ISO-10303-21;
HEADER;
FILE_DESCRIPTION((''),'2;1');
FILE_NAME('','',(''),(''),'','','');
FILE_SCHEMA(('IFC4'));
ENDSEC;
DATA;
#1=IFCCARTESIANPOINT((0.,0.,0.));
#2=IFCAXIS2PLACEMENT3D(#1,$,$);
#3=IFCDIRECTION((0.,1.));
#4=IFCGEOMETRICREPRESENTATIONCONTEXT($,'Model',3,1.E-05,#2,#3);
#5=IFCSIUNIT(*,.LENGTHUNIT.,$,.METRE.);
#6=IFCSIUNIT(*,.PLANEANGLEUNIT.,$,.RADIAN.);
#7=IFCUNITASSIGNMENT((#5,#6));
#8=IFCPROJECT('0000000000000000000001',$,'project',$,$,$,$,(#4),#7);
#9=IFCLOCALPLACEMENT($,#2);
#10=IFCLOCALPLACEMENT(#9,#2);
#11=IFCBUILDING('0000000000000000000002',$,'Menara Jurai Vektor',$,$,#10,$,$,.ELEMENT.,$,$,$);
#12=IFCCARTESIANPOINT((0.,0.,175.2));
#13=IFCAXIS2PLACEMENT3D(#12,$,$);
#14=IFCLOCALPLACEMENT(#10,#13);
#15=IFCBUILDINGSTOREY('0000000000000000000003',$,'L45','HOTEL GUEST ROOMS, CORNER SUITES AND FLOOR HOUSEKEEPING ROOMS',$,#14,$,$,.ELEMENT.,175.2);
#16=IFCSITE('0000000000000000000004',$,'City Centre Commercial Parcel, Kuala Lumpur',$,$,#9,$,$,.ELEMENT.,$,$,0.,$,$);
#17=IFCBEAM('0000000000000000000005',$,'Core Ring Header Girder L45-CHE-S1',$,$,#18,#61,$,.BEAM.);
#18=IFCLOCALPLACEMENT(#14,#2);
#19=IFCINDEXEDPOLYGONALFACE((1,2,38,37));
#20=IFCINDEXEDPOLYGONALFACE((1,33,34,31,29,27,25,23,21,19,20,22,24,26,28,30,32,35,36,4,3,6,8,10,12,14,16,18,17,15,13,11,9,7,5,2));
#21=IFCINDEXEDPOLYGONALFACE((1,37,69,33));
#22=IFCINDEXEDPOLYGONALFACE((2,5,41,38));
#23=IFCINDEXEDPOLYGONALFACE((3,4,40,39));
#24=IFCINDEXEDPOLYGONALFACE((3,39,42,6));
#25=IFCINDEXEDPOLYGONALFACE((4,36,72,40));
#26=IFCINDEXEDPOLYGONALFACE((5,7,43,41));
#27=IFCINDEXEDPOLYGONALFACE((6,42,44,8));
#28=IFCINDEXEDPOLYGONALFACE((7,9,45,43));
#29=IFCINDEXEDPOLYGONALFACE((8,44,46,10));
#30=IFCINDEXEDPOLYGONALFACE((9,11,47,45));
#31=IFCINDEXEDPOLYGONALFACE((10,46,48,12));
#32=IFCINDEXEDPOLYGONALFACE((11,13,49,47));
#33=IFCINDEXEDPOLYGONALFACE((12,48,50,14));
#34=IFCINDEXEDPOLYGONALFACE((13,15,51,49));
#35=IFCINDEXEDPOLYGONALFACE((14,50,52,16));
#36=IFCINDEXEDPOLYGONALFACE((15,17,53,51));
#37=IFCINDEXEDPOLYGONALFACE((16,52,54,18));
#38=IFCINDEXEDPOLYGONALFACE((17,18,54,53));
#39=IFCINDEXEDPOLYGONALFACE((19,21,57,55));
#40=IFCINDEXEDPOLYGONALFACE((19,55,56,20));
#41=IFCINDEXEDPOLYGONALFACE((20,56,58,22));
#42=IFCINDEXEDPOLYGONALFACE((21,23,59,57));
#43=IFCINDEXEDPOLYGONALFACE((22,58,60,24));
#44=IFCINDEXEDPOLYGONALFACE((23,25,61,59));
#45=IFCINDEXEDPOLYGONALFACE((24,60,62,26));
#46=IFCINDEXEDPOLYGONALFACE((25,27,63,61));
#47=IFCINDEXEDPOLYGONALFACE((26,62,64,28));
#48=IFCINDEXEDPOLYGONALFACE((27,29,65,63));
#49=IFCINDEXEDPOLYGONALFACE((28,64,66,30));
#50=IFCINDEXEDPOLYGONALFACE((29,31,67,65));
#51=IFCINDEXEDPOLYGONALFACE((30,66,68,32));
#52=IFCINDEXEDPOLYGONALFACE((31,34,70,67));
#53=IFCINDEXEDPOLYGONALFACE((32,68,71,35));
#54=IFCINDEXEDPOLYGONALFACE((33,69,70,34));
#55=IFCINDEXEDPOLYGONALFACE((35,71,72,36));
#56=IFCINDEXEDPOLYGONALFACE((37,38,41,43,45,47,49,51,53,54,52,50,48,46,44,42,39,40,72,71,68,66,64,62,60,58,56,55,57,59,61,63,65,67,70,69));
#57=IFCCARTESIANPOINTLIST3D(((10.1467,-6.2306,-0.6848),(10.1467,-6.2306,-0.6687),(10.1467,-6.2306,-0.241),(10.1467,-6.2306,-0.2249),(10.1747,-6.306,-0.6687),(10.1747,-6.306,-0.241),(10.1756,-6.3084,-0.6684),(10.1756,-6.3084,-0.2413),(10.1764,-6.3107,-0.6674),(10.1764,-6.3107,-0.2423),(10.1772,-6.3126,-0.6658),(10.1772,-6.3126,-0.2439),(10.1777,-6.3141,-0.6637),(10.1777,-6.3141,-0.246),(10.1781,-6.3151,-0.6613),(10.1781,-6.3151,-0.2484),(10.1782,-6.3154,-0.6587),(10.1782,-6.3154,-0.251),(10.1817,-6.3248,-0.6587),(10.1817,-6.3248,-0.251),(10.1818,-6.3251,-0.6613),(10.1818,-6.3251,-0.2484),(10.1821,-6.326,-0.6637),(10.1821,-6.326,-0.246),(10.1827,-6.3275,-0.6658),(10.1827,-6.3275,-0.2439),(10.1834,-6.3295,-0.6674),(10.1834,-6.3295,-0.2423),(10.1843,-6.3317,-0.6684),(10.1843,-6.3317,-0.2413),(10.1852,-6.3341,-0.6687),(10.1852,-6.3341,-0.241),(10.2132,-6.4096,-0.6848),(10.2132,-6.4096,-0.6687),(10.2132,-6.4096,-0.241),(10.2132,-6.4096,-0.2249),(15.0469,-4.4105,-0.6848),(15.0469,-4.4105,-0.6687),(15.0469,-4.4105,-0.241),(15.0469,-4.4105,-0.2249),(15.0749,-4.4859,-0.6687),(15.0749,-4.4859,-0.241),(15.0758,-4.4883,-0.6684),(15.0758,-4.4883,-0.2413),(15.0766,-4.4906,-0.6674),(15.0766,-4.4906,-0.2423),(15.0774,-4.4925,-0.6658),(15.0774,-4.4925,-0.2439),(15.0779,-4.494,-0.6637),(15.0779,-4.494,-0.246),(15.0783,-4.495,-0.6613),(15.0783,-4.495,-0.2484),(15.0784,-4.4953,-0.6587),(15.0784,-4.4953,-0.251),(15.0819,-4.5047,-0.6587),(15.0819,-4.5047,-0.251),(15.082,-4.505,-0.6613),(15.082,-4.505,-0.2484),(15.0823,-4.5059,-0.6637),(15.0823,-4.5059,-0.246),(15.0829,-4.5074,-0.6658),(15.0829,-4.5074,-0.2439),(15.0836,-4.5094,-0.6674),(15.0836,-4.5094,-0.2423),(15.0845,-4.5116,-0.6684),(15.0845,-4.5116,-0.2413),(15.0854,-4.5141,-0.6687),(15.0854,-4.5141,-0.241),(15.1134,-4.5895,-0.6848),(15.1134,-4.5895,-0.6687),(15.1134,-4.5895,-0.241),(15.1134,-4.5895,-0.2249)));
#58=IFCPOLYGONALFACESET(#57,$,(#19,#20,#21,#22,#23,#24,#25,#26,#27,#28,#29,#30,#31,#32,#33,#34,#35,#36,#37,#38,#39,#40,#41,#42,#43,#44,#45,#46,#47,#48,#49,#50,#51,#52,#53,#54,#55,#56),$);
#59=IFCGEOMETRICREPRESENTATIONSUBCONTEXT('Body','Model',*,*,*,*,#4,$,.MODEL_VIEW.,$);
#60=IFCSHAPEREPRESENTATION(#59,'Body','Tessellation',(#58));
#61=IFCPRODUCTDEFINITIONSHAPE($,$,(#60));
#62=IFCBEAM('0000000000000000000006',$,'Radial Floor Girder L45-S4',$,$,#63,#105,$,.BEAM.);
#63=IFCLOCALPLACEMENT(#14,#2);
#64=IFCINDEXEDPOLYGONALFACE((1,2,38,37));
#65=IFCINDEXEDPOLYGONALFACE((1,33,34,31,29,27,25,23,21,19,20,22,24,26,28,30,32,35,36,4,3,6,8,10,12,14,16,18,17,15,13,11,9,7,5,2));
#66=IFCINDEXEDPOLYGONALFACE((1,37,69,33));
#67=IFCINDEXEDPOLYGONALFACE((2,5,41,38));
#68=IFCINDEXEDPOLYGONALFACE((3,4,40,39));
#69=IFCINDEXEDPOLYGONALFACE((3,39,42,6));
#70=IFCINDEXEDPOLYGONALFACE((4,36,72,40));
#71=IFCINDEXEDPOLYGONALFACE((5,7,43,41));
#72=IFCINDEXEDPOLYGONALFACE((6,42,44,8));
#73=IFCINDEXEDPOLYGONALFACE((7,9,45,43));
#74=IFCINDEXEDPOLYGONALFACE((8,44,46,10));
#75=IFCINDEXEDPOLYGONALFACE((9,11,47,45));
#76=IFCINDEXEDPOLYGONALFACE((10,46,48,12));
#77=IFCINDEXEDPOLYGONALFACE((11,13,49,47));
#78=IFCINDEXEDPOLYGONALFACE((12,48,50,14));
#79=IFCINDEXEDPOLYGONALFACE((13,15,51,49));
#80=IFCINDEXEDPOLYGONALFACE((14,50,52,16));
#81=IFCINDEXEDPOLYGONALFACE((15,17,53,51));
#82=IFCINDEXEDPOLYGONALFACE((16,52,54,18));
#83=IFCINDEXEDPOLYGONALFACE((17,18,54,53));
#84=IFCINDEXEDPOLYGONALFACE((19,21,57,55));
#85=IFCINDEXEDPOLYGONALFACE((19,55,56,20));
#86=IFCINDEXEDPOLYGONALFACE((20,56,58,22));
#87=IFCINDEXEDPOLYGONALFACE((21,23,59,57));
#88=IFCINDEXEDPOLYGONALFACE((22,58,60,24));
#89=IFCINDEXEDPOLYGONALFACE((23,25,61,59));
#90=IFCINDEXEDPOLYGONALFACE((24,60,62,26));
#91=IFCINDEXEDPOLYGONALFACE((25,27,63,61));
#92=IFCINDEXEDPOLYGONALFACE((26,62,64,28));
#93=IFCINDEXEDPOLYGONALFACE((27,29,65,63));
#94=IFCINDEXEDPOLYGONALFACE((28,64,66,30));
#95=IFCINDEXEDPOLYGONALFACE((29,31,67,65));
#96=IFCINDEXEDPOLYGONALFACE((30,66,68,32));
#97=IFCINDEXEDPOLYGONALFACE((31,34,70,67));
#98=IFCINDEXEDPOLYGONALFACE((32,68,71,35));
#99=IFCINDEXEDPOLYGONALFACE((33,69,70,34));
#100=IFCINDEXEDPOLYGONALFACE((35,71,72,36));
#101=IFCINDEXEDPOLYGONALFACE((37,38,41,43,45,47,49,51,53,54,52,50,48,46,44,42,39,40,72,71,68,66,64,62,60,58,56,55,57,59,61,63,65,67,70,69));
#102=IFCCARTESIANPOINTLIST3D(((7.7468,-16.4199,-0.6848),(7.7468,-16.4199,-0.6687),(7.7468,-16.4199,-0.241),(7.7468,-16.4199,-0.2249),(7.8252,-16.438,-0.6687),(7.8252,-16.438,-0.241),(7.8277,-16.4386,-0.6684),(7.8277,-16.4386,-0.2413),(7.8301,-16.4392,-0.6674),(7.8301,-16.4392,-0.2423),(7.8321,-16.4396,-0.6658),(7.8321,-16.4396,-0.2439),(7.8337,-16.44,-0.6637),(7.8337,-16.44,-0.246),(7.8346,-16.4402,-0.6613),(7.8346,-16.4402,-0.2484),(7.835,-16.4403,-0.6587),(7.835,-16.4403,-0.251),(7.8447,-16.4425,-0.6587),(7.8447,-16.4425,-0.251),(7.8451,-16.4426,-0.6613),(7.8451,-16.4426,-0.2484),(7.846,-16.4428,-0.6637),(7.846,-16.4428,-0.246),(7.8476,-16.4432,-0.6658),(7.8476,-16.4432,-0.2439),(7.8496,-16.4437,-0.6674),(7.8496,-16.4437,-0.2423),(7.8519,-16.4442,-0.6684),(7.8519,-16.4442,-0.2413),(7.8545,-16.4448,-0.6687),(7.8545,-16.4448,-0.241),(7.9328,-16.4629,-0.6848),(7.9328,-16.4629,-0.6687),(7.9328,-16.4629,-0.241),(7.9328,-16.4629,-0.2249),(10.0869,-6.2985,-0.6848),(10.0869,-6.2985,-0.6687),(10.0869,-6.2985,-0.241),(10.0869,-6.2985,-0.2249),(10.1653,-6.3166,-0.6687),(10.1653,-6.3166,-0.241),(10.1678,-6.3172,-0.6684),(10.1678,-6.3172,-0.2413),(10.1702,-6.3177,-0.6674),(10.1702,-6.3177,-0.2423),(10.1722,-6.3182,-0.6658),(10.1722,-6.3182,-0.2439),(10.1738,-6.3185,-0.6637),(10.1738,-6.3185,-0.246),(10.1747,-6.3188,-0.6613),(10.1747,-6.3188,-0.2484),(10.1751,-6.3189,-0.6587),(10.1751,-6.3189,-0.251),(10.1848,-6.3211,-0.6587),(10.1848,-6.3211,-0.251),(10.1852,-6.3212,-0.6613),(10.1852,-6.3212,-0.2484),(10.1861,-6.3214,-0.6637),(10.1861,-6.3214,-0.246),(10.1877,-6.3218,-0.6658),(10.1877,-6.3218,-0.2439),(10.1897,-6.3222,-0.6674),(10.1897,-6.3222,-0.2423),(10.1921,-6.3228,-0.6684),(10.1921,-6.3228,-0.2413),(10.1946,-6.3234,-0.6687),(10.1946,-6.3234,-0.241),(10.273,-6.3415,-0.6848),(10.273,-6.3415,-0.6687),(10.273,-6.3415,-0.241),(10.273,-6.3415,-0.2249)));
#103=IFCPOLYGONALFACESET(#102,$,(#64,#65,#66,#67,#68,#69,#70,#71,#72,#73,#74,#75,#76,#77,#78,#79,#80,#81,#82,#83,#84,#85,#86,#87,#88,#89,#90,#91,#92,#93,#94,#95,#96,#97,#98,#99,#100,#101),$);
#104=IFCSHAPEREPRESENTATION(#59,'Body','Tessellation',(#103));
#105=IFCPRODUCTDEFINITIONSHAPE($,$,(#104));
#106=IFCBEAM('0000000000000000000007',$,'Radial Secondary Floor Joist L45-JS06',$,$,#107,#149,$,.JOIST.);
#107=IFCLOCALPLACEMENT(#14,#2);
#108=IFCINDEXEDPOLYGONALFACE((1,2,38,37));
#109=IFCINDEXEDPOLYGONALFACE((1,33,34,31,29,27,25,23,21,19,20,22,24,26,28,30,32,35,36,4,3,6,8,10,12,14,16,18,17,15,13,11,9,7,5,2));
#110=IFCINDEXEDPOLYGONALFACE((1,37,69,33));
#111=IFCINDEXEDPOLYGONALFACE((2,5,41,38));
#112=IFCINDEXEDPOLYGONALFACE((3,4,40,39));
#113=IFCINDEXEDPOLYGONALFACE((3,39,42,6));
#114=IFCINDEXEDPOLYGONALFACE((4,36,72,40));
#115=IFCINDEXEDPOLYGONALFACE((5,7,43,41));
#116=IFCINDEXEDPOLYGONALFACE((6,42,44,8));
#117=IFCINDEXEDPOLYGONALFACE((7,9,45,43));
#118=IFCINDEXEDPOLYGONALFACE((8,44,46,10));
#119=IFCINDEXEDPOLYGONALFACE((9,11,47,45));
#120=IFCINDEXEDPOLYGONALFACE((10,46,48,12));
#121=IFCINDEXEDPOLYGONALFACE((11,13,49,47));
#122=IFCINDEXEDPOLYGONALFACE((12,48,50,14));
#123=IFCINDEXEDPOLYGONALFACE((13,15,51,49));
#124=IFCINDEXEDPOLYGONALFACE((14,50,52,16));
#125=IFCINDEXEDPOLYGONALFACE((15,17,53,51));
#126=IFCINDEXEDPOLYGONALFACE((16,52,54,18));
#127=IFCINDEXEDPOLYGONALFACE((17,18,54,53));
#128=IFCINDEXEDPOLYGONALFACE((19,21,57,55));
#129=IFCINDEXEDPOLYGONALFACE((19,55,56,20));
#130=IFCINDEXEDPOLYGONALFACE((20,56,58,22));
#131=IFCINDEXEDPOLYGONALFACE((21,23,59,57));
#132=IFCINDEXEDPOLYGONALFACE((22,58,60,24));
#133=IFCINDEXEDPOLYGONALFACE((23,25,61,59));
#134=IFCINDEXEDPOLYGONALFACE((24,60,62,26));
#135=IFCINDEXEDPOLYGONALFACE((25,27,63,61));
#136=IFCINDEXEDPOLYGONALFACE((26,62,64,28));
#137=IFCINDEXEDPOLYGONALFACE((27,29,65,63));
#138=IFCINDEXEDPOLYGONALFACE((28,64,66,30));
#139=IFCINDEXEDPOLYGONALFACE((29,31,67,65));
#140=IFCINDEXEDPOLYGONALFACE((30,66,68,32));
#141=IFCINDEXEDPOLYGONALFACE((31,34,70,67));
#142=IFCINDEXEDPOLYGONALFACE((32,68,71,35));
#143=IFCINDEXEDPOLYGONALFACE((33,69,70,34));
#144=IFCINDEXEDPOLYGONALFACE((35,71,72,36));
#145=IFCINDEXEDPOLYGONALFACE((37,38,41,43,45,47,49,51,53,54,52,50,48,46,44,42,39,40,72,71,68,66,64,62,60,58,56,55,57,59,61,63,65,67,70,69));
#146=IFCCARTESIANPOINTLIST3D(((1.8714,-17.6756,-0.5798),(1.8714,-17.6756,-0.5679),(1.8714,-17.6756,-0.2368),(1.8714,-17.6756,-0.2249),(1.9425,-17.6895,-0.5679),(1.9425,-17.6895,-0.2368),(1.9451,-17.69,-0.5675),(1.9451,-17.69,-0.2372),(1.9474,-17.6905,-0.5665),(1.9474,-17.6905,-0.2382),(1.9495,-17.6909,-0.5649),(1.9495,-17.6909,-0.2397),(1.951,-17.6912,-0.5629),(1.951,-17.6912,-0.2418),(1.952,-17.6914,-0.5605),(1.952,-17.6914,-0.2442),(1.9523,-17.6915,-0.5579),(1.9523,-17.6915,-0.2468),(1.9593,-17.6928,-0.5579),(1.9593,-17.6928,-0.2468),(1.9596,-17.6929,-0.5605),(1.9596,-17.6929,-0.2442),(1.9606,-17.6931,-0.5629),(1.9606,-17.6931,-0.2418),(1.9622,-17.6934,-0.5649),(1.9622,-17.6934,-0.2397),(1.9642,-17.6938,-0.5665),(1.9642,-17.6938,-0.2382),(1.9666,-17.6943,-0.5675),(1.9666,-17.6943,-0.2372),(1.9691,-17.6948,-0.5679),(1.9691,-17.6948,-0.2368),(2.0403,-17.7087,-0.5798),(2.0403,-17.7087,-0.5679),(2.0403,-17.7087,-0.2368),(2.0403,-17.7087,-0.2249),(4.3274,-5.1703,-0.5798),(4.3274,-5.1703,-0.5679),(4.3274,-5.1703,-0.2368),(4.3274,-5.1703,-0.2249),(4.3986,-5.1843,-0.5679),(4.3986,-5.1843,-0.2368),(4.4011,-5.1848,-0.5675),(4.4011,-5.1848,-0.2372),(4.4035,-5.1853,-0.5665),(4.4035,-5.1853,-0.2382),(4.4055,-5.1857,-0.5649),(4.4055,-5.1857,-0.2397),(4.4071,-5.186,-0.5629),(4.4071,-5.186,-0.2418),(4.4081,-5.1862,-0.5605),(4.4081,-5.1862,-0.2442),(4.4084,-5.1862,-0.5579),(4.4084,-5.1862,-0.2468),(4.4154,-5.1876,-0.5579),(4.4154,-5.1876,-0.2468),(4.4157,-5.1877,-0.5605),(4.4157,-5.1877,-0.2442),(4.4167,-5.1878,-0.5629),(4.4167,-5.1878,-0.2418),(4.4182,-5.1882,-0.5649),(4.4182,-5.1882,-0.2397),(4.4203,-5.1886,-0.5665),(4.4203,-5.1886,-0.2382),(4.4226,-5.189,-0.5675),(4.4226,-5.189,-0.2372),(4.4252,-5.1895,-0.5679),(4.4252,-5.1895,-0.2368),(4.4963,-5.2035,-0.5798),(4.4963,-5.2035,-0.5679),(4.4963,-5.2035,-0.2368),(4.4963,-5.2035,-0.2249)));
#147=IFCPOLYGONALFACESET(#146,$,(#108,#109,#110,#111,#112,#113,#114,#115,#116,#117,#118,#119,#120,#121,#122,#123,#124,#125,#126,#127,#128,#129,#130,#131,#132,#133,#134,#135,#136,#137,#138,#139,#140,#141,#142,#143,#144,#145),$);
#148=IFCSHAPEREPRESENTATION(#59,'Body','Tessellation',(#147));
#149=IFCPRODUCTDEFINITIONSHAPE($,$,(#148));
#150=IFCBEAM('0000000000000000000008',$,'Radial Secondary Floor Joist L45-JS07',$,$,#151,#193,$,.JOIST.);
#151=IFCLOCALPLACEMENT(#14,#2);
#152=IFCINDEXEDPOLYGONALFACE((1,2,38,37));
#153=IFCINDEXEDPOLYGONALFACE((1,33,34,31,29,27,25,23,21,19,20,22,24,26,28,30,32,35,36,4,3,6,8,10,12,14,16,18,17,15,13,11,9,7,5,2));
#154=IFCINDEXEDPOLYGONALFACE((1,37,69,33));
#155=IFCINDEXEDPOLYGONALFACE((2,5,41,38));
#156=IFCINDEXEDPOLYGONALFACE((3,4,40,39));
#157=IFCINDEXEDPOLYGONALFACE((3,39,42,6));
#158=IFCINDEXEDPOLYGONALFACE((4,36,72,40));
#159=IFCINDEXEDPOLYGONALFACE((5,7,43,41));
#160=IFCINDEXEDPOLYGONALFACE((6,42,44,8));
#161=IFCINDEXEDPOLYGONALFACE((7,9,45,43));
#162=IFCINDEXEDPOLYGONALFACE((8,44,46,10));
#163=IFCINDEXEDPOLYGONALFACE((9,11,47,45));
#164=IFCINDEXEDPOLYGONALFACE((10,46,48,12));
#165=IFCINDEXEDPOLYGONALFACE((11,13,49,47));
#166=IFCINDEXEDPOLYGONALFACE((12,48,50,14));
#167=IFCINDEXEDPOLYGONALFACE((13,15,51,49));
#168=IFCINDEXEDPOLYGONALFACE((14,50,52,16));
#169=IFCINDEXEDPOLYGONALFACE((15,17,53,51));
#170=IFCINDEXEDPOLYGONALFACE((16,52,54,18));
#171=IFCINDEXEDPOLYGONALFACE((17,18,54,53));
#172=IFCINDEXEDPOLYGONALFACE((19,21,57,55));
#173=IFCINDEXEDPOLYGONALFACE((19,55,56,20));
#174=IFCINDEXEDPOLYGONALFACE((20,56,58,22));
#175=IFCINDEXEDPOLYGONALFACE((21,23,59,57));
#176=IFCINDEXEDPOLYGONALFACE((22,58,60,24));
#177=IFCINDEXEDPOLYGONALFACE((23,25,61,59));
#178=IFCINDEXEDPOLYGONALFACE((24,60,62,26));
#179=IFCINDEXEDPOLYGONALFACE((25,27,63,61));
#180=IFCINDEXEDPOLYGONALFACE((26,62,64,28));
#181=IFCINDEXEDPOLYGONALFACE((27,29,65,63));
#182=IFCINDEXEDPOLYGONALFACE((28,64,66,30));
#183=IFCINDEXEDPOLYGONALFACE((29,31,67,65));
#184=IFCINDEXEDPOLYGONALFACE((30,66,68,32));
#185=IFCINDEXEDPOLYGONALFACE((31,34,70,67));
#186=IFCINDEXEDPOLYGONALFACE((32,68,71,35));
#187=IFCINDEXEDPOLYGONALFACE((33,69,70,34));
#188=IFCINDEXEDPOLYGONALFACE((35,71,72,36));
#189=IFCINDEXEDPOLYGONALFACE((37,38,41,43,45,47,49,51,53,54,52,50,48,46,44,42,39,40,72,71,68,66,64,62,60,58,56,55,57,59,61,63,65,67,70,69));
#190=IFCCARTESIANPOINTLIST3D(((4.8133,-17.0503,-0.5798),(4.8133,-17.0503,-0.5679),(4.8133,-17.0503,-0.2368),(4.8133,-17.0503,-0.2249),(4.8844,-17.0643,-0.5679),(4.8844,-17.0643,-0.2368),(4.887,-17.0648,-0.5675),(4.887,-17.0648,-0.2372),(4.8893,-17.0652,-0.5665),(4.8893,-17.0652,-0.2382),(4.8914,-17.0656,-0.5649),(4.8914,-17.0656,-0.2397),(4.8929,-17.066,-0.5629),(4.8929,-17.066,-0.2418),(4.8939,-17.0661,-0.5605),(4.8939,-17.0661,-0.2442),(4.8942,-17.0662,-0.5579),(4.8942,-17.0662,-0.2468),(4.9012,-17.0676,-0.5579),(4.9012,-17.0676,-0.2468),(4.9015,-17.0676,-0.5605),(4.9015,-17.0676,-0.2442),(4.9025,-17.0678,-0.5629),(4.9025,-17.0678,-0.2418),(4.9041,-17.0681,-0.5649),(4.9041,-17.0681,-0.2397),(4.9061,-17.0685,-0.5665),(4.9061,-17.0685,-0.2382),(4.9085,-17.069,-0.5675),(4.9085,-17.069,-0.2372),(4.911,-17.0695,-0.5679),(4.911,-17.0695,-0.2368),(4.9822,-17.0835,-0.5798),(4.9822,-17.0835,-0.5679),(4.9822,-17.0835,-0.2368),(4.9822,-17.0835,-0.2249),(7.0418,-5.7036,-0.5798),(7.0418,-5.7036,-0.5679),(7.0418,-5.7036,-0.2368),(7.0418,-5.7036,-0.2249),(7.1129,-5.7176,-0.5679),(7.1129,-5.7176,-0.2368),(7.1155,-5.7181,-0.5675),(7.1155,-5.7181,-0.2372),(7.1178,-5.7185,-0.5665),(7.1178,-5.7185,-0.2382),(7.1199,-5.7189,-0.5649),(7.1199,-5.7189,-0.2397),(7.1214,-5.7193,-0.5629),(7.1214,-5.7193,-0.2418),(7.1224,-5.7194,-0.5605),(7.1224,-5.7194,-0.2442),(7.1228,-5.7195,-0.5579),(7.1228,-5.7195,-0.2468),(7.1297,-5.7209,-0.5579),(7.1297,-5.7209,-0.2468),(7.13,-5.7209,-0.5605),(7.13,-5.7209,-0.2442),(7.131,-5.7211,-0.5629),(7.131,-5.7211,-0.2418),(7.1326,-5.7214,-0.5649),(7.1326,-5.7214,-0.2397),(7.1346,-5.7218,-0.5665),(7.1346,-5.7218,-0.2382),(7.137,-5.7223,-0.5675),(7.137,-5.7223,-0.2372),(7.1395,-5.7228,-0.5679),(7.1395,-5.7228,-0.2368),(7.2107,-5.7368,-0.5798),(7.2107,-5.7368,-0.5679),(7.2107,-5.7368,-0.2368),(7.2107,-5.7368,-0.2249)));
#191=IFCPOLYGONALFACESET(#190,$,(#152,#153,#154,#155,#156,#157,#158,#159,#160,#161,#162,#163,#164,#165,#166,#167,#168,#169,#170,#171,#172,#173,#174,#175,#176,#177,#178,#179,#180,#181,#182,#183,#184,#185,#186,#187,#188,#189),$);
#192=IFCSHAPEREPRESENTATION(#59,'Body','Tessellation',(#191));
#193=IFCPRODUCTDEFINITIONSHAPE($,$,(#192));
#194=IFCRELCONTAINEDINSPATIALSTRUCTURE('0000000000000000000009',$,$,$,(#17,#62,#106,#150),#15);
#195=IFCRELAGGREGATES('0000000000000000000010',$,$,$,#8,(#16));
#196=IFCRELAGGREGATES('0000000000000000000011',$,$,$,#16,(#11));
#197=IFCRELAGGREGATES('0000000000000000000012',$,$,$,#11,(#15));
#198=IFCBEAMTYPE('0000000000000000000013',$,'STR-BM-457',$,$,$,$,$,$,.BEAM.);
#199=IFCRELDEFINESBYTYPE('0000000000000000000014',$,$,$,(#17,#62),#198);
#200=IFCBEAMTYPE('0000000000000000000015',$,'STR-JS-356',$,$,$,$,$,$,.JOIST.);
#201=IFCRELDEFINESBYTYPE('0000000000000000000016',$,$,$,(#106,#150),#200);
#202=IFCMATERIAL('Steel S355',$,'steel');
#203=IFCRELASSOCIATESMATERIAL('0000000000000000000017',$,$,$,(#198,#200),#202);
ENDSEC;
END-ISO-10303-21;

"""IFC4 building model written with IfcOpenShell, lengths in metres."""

from ifc_helpers import new_model, si_unit, direction, frame, origin, origin_2d, place, context, subcontext, project, spatial, i_section, extrude, material, material_profile, profile_set, type_object, element, save


model = new_model("IFC4")

# Units and contexts
model_context = context("Model", 3, precision=1e-05, world=origin(), true_north=direction((0.0, 1.0)))
body_context = subcontext(model_context, "Body", "Model", "MODEL_VIEW")
ifc_project = project(units=[si_unit("LENGTHUNIT", "METRE"), si_unit("PLANEANGLEUNIT", "RADIAN")], contexts=[model_context])

# Site, building, storey
site_placement = place(None, origin())
site = spatial("IfcSite", under=ifc_project, at=site_placement, Name="City Centre Commercial Parcel, Kuala Lumpur", CompositionType="ELEMENT", RefElevation=0.0)
building_placement = place(site_placement, origin())
building = spatial("IfcBuilding", under=site, at=building_placement, Name="Menara Jurai Vektor", CompositionType="ELEMENT")
storey_placement = place(building_placement, frame((0.0, 0.0, 175.2)))
storey = spatial("IfcBuildingStorey", under=building, at=storey_placement, Name="L45", Description="HOTEL GUEST ROOMS, CORNER SUITES AND FLOOR HOUSEKEEPING ROOMS", CompositionType="ELEMENT", Elevation=175.2)

# Beams
ifc_material_1 = material(Name="Steel S355", Category="steel")
ifc_material_profile_1 = material_profile(ifc_material_1, i_section(OverallWidth=0.1909, OverallDepth=0.46, WebThickness=0.01, FlangeThickness=0.0161, FilletRadius=0.01, at=origin_2d()), Name="UKB 457x191x82")
ifc_profile_set_1 = profile_set([ifc_material_profile_1], Name="Steel S355")
beam_type_1 = type_object("IfcBeamType", Name="STR-BM-457", PredefinedType="BEAM", material=ifc_profile_set_1)
beam_1_placement = place(storey_placement, frame((10.1799, -6.3201, -0.4548), z_axis=(0.937424, 0.348189, 0.0), x_axis=(-0.348189, 0.937424, 0.0)))
element("IfcBeam", 1, at=beam_1_placement, inside=storey, type_object=beam_type_1, Name="Core Ring Header Girder L45-CHE-S1", PredefinedType="BEAM", context=body_context, shape_type="SweptSolid", body=[
    extrude(i_section(OverallWidth=0.1909, OverallDepth=0.46, WebThickness=0.01, FlangeThickness=0.0161, FilletRadius=0.01, at=origin_2d()), origin(), (0.0, 0.0, 1.0), 5.2273),
])
beam_2_placement = place(storey_placement, frame((7.8398, -16.4414, -0.4548), z_axis=(0.225261, 0.974298, 0.0), x_axis=(-0.974298, 0.225261, 0.0)))
element("IfcBeam", 2, at=beam_2_placement, inside=storey, type_object=beam_type_1, Name="Radial Floor Girder L45-S4", PredefinedType="BEAM", context=body_context, shape_type="SweptSolid", body=[
    extrude(i_section(OverallWidth=0.1909, OverallDepth=0.46, WebThickness=0.01, FlangeThickness=0.0161, FilletRadius=0.01, at=origin_2d()), origin(), (0.0, 0.0, 1.0), 10.3884),
])
ifc_material_profile_2 = material_profile(ifc_material_1, i_section(OverallWidth=0.1721, OverallDepth=0.355, WebThickness=0.0071, FlangeThickness=0.012, FilletRadius=0.01, at=origin_2d()), Name="UKB 356x171x51")
ifc_profile_set_2 = profile_set([ifc_material_profile_2], Name="Steel S355")
beam_type_2 = type_object("IfcBeamType", Name="STR-JS-356", PredefinedType="JOIST", material=ifc_profile_set_2)
beam_3_placement = place(storey_placement, frame((1.9558, -17.6921, -0.4023), z_axis=(0.192722, 0.981253, 0.0), x_axis=(-0.981253, 0.192722, 0.0)))
element("IfcBeam", 3, at=beam_3_placement, inside=storey, type_object=beam_type_2, Name="Radial Secondary Floor Joist L45-JS06", PredefinedType="JOIST", context=body_context, shape_type="SweptSolid", body=[
    extrude(i_section(OverallWidth=0.1721, OverallDepth=0.355, WebThickness=0.0071, FlangeThickness=0.012, FilletRadius=0.01, at=origin_2d()), origin(), (0.0, 0.0, 1.0), 12.7441),
])
beam_4_placement = place(storey_placement, frame((4.8977, -17.0669, -0.4023), z_axis=(0.192721, 0.981254, 0.0), x_axis=(-0.981254, 0.192721, 0.0)))
element("IfcBeam", 4, at=beam_4_placement, inside=storey, type_object=beam_type_2, Name="Radial Secondary Floor Joist L45-JS07", PredefinedType="JOIST", context=body_context, shape_type="SweptSolid", body=[
    extrude(i_section(OverallWidth=0.1721, OverallDepth=0.355, WebThickness=0.0071, FlangeThickness=0.012, FilletRadius=0.01, at=origin_2d()), origin(), (0.0, 0.0, 1.0), 11.5635),
])

save(model, "model.ifc")
